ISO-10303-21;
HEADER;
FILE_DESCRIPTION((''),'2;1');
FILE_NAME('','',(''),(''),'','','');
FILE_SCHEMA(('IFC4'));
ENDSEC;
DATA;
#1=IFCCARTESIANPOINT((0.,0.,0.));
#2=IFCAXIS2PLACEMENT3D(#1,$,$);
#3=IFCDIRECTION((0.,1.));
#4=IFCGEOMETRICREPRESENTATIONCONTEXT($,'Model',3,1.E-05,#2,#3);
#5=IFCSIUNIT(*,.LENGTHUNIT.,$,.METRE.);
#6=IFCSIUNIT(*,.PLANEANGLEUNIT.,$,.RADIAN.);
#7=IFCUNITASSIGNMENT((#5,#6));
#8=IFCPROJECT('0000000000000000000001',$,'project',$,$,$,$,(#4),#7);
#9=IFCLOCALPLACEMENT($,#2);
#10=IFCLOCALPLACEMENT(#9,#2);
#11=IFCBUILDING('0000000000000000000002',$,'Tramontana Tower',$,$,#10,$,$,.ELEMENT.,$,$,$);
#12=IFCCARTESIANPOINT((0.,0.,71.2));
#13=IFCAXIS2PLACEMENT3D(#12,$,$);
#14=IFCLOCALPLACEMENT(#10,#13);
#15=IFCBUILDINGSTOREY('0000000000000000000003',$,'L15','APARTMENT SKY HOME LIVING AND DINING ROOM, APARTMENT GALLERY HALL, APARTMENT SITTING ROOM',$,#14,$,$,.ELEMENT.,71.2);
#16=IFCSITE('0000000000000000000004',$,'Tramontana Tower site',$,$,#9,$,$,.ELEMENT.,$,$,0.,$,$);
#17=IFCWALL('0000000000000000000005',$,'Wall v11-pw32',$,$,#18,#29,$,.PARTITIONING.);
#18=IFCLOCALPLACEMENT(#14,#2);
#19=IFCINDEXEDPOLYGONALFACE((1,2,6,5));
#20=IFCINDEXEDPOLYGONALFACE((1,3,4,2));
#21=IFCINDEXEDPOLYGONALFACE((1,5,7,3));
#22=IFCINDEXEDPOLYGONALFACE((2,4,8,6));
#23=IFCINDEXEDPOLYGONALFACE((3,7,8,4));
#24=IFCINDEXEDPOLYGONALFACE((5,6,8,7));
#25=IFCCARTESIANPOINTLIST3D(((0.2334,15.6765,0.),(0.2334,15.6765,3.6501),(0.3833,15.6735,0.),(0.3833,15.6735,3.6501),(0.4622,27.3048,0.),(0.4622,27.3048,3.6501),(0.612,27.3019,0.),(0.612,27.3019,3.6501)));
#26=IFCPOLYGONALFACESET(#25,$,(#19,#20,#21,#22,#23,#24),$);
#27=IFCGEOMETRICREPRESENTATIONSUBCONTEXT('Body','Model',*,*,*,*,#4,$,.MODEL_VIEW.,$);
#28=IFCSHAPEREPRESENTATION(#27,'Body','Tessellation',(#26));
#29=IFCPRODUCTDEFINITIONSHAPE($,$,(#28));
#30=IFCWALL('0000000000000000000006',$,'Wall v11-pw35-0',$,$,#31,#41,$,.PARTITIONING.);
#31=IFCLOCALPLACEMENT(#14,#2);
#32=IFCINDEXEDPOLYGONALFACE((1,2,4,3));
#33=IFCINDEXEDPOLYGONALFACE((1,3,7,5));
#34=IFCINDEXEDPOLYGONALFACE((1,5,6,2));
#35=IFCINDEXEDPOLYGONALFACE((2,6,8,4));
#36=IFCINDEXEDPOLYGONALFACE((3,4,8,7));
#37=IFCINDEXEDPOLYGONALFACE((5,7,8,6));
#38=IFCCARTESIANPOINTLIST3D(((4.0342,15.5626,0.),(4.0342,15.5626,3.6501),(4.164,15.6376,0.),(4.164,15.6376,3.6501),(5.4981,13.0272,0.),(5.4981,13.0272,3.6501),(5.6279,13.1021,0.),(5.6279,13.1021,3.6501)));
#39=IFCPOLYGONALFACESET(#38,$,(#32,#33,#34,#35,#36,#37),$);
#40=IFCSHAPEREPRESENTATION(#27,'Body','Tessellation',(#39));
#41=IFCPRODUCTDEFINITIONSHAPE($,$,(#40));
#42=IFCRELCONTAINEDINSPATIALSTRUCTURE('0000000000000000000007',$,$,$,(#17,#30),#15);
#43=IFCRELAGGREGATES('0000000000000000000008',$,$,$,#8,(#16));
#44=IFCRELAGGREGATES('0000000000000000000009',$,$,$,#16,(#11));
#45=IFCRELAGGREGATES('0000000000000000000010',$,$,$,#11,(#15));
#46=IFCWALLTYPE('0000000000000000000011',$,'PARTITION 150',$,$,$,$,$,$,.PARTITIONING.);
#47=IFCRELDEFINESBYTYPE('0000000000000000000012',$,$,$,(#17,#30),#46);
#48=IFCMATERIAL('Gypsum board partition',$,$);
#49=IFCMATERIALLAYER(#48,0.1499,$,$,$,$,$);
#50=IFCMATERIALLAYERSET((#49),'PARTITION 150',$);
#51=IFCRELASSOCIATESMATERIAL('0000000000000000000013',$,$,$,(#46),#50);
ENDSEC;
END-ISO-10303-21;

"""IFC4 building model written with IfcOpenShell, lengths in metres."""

from ifc_helpers import new_model, si_unit, direction, frame, frame_2d, origin, place, context, subcontext, project, spatial, rectangle, extrude, material, layer, layer_set, type_object, element, save


model = new_model("IFC4")

# Units and contexts
model_context = context("Model", 3, precision=1e-05, world=origin(), true_north=direction((0.0, 1.0)))
body_context = subcontext(model_context, "Body", "Model", "MODEL_VIEW")
ifc_project = project(units=[si_unit("LENGTHUNIT", "METRE"), si_unit("PLANEANGLEUNIT", "RADIAN")], contexts=[model_context])

# Site, building, storey
site_placement = place(None, origin())
site = spatial("IfcSite", under=ifc_project, at=site_placement, Name="Tramontana Tower site", CompositionType="ELEMENT", RefElevation=0.0)
building_placement = place(site_placement, origin())
building = spatial("IfcBuilding", under=site, at=building_placement, Name="Tramontana Tower", CompositionType="ELEMENT")
storey_placement = place(building_placement, frame((0.0, 0.0, 71.2)))
storey = spatial("IfcBuildingStorey", under=building, at=storey_placement, Name="L15", Description="APARTMENT SKY HOME LIVING AND DINING ROOM, APARTMENT GALLERY HALL, APARTMENT SITTING ROOM", CompositionType="ELEMENT", Elevation=71.2)

# Shared definitions
ifc_material_1 = material(Name="Gypsum board partition")
ifc_layer_1 = layer(ifc_material_1, 0.1499)
ifc_layer_set_1 = layer_set([ifc_layer_1], Name="PARTITION 150")
wall_type_1 = type_object("IfcWallType", Name="PARTITION 150", PredefinedType="PARTITIONING", material=ifc_layer_set_1)

# Walls
wall_1_placement = place(storey_placement, frame((0.5371, 27.3035, 0.0), z_axis=(0.0, 0.0, 1.0), x_axis=(-0.019669, -0.999807, 0.0)))
element("IfcWall", 1, at=wall_1_placement, inside=storey, type_object=wall_type_1, Name="Wall v11-pw32", PredefinedType="PARTITIONING", context=body_context, shape_type="SweptSolid", body=[
    extrude(rectangle(XDim=11.6306, YDim=0.1499, at=frame_2d((5.8154, 0.0))), origin(), (0.0, 0.0, 1.0), 3.6501),
])
wall_2_placement = place(storey_placement, frame((4.0991, 15.6001, 0.0), z_axis=(0.0, 0.0, 1.0), x_axis=(0.500014, -0.866018, 0.0)))
element("IfcWall", 2, at=wall_2_placement, inside=storey, type_object=wall_type_1, Name="Wall v11-pw35-0", PredefinedType="PARTITIONING", context=body_context, shape_type="SweptSolid", body=[
    extrude(rectangle(XDim=2.9277, YDim=0.1499, at=frame_2d((1.4639, 0.0))), origin(), (0.0, 0.0, 1.0), 3.6501),
])

save(model, "model.ifc")
